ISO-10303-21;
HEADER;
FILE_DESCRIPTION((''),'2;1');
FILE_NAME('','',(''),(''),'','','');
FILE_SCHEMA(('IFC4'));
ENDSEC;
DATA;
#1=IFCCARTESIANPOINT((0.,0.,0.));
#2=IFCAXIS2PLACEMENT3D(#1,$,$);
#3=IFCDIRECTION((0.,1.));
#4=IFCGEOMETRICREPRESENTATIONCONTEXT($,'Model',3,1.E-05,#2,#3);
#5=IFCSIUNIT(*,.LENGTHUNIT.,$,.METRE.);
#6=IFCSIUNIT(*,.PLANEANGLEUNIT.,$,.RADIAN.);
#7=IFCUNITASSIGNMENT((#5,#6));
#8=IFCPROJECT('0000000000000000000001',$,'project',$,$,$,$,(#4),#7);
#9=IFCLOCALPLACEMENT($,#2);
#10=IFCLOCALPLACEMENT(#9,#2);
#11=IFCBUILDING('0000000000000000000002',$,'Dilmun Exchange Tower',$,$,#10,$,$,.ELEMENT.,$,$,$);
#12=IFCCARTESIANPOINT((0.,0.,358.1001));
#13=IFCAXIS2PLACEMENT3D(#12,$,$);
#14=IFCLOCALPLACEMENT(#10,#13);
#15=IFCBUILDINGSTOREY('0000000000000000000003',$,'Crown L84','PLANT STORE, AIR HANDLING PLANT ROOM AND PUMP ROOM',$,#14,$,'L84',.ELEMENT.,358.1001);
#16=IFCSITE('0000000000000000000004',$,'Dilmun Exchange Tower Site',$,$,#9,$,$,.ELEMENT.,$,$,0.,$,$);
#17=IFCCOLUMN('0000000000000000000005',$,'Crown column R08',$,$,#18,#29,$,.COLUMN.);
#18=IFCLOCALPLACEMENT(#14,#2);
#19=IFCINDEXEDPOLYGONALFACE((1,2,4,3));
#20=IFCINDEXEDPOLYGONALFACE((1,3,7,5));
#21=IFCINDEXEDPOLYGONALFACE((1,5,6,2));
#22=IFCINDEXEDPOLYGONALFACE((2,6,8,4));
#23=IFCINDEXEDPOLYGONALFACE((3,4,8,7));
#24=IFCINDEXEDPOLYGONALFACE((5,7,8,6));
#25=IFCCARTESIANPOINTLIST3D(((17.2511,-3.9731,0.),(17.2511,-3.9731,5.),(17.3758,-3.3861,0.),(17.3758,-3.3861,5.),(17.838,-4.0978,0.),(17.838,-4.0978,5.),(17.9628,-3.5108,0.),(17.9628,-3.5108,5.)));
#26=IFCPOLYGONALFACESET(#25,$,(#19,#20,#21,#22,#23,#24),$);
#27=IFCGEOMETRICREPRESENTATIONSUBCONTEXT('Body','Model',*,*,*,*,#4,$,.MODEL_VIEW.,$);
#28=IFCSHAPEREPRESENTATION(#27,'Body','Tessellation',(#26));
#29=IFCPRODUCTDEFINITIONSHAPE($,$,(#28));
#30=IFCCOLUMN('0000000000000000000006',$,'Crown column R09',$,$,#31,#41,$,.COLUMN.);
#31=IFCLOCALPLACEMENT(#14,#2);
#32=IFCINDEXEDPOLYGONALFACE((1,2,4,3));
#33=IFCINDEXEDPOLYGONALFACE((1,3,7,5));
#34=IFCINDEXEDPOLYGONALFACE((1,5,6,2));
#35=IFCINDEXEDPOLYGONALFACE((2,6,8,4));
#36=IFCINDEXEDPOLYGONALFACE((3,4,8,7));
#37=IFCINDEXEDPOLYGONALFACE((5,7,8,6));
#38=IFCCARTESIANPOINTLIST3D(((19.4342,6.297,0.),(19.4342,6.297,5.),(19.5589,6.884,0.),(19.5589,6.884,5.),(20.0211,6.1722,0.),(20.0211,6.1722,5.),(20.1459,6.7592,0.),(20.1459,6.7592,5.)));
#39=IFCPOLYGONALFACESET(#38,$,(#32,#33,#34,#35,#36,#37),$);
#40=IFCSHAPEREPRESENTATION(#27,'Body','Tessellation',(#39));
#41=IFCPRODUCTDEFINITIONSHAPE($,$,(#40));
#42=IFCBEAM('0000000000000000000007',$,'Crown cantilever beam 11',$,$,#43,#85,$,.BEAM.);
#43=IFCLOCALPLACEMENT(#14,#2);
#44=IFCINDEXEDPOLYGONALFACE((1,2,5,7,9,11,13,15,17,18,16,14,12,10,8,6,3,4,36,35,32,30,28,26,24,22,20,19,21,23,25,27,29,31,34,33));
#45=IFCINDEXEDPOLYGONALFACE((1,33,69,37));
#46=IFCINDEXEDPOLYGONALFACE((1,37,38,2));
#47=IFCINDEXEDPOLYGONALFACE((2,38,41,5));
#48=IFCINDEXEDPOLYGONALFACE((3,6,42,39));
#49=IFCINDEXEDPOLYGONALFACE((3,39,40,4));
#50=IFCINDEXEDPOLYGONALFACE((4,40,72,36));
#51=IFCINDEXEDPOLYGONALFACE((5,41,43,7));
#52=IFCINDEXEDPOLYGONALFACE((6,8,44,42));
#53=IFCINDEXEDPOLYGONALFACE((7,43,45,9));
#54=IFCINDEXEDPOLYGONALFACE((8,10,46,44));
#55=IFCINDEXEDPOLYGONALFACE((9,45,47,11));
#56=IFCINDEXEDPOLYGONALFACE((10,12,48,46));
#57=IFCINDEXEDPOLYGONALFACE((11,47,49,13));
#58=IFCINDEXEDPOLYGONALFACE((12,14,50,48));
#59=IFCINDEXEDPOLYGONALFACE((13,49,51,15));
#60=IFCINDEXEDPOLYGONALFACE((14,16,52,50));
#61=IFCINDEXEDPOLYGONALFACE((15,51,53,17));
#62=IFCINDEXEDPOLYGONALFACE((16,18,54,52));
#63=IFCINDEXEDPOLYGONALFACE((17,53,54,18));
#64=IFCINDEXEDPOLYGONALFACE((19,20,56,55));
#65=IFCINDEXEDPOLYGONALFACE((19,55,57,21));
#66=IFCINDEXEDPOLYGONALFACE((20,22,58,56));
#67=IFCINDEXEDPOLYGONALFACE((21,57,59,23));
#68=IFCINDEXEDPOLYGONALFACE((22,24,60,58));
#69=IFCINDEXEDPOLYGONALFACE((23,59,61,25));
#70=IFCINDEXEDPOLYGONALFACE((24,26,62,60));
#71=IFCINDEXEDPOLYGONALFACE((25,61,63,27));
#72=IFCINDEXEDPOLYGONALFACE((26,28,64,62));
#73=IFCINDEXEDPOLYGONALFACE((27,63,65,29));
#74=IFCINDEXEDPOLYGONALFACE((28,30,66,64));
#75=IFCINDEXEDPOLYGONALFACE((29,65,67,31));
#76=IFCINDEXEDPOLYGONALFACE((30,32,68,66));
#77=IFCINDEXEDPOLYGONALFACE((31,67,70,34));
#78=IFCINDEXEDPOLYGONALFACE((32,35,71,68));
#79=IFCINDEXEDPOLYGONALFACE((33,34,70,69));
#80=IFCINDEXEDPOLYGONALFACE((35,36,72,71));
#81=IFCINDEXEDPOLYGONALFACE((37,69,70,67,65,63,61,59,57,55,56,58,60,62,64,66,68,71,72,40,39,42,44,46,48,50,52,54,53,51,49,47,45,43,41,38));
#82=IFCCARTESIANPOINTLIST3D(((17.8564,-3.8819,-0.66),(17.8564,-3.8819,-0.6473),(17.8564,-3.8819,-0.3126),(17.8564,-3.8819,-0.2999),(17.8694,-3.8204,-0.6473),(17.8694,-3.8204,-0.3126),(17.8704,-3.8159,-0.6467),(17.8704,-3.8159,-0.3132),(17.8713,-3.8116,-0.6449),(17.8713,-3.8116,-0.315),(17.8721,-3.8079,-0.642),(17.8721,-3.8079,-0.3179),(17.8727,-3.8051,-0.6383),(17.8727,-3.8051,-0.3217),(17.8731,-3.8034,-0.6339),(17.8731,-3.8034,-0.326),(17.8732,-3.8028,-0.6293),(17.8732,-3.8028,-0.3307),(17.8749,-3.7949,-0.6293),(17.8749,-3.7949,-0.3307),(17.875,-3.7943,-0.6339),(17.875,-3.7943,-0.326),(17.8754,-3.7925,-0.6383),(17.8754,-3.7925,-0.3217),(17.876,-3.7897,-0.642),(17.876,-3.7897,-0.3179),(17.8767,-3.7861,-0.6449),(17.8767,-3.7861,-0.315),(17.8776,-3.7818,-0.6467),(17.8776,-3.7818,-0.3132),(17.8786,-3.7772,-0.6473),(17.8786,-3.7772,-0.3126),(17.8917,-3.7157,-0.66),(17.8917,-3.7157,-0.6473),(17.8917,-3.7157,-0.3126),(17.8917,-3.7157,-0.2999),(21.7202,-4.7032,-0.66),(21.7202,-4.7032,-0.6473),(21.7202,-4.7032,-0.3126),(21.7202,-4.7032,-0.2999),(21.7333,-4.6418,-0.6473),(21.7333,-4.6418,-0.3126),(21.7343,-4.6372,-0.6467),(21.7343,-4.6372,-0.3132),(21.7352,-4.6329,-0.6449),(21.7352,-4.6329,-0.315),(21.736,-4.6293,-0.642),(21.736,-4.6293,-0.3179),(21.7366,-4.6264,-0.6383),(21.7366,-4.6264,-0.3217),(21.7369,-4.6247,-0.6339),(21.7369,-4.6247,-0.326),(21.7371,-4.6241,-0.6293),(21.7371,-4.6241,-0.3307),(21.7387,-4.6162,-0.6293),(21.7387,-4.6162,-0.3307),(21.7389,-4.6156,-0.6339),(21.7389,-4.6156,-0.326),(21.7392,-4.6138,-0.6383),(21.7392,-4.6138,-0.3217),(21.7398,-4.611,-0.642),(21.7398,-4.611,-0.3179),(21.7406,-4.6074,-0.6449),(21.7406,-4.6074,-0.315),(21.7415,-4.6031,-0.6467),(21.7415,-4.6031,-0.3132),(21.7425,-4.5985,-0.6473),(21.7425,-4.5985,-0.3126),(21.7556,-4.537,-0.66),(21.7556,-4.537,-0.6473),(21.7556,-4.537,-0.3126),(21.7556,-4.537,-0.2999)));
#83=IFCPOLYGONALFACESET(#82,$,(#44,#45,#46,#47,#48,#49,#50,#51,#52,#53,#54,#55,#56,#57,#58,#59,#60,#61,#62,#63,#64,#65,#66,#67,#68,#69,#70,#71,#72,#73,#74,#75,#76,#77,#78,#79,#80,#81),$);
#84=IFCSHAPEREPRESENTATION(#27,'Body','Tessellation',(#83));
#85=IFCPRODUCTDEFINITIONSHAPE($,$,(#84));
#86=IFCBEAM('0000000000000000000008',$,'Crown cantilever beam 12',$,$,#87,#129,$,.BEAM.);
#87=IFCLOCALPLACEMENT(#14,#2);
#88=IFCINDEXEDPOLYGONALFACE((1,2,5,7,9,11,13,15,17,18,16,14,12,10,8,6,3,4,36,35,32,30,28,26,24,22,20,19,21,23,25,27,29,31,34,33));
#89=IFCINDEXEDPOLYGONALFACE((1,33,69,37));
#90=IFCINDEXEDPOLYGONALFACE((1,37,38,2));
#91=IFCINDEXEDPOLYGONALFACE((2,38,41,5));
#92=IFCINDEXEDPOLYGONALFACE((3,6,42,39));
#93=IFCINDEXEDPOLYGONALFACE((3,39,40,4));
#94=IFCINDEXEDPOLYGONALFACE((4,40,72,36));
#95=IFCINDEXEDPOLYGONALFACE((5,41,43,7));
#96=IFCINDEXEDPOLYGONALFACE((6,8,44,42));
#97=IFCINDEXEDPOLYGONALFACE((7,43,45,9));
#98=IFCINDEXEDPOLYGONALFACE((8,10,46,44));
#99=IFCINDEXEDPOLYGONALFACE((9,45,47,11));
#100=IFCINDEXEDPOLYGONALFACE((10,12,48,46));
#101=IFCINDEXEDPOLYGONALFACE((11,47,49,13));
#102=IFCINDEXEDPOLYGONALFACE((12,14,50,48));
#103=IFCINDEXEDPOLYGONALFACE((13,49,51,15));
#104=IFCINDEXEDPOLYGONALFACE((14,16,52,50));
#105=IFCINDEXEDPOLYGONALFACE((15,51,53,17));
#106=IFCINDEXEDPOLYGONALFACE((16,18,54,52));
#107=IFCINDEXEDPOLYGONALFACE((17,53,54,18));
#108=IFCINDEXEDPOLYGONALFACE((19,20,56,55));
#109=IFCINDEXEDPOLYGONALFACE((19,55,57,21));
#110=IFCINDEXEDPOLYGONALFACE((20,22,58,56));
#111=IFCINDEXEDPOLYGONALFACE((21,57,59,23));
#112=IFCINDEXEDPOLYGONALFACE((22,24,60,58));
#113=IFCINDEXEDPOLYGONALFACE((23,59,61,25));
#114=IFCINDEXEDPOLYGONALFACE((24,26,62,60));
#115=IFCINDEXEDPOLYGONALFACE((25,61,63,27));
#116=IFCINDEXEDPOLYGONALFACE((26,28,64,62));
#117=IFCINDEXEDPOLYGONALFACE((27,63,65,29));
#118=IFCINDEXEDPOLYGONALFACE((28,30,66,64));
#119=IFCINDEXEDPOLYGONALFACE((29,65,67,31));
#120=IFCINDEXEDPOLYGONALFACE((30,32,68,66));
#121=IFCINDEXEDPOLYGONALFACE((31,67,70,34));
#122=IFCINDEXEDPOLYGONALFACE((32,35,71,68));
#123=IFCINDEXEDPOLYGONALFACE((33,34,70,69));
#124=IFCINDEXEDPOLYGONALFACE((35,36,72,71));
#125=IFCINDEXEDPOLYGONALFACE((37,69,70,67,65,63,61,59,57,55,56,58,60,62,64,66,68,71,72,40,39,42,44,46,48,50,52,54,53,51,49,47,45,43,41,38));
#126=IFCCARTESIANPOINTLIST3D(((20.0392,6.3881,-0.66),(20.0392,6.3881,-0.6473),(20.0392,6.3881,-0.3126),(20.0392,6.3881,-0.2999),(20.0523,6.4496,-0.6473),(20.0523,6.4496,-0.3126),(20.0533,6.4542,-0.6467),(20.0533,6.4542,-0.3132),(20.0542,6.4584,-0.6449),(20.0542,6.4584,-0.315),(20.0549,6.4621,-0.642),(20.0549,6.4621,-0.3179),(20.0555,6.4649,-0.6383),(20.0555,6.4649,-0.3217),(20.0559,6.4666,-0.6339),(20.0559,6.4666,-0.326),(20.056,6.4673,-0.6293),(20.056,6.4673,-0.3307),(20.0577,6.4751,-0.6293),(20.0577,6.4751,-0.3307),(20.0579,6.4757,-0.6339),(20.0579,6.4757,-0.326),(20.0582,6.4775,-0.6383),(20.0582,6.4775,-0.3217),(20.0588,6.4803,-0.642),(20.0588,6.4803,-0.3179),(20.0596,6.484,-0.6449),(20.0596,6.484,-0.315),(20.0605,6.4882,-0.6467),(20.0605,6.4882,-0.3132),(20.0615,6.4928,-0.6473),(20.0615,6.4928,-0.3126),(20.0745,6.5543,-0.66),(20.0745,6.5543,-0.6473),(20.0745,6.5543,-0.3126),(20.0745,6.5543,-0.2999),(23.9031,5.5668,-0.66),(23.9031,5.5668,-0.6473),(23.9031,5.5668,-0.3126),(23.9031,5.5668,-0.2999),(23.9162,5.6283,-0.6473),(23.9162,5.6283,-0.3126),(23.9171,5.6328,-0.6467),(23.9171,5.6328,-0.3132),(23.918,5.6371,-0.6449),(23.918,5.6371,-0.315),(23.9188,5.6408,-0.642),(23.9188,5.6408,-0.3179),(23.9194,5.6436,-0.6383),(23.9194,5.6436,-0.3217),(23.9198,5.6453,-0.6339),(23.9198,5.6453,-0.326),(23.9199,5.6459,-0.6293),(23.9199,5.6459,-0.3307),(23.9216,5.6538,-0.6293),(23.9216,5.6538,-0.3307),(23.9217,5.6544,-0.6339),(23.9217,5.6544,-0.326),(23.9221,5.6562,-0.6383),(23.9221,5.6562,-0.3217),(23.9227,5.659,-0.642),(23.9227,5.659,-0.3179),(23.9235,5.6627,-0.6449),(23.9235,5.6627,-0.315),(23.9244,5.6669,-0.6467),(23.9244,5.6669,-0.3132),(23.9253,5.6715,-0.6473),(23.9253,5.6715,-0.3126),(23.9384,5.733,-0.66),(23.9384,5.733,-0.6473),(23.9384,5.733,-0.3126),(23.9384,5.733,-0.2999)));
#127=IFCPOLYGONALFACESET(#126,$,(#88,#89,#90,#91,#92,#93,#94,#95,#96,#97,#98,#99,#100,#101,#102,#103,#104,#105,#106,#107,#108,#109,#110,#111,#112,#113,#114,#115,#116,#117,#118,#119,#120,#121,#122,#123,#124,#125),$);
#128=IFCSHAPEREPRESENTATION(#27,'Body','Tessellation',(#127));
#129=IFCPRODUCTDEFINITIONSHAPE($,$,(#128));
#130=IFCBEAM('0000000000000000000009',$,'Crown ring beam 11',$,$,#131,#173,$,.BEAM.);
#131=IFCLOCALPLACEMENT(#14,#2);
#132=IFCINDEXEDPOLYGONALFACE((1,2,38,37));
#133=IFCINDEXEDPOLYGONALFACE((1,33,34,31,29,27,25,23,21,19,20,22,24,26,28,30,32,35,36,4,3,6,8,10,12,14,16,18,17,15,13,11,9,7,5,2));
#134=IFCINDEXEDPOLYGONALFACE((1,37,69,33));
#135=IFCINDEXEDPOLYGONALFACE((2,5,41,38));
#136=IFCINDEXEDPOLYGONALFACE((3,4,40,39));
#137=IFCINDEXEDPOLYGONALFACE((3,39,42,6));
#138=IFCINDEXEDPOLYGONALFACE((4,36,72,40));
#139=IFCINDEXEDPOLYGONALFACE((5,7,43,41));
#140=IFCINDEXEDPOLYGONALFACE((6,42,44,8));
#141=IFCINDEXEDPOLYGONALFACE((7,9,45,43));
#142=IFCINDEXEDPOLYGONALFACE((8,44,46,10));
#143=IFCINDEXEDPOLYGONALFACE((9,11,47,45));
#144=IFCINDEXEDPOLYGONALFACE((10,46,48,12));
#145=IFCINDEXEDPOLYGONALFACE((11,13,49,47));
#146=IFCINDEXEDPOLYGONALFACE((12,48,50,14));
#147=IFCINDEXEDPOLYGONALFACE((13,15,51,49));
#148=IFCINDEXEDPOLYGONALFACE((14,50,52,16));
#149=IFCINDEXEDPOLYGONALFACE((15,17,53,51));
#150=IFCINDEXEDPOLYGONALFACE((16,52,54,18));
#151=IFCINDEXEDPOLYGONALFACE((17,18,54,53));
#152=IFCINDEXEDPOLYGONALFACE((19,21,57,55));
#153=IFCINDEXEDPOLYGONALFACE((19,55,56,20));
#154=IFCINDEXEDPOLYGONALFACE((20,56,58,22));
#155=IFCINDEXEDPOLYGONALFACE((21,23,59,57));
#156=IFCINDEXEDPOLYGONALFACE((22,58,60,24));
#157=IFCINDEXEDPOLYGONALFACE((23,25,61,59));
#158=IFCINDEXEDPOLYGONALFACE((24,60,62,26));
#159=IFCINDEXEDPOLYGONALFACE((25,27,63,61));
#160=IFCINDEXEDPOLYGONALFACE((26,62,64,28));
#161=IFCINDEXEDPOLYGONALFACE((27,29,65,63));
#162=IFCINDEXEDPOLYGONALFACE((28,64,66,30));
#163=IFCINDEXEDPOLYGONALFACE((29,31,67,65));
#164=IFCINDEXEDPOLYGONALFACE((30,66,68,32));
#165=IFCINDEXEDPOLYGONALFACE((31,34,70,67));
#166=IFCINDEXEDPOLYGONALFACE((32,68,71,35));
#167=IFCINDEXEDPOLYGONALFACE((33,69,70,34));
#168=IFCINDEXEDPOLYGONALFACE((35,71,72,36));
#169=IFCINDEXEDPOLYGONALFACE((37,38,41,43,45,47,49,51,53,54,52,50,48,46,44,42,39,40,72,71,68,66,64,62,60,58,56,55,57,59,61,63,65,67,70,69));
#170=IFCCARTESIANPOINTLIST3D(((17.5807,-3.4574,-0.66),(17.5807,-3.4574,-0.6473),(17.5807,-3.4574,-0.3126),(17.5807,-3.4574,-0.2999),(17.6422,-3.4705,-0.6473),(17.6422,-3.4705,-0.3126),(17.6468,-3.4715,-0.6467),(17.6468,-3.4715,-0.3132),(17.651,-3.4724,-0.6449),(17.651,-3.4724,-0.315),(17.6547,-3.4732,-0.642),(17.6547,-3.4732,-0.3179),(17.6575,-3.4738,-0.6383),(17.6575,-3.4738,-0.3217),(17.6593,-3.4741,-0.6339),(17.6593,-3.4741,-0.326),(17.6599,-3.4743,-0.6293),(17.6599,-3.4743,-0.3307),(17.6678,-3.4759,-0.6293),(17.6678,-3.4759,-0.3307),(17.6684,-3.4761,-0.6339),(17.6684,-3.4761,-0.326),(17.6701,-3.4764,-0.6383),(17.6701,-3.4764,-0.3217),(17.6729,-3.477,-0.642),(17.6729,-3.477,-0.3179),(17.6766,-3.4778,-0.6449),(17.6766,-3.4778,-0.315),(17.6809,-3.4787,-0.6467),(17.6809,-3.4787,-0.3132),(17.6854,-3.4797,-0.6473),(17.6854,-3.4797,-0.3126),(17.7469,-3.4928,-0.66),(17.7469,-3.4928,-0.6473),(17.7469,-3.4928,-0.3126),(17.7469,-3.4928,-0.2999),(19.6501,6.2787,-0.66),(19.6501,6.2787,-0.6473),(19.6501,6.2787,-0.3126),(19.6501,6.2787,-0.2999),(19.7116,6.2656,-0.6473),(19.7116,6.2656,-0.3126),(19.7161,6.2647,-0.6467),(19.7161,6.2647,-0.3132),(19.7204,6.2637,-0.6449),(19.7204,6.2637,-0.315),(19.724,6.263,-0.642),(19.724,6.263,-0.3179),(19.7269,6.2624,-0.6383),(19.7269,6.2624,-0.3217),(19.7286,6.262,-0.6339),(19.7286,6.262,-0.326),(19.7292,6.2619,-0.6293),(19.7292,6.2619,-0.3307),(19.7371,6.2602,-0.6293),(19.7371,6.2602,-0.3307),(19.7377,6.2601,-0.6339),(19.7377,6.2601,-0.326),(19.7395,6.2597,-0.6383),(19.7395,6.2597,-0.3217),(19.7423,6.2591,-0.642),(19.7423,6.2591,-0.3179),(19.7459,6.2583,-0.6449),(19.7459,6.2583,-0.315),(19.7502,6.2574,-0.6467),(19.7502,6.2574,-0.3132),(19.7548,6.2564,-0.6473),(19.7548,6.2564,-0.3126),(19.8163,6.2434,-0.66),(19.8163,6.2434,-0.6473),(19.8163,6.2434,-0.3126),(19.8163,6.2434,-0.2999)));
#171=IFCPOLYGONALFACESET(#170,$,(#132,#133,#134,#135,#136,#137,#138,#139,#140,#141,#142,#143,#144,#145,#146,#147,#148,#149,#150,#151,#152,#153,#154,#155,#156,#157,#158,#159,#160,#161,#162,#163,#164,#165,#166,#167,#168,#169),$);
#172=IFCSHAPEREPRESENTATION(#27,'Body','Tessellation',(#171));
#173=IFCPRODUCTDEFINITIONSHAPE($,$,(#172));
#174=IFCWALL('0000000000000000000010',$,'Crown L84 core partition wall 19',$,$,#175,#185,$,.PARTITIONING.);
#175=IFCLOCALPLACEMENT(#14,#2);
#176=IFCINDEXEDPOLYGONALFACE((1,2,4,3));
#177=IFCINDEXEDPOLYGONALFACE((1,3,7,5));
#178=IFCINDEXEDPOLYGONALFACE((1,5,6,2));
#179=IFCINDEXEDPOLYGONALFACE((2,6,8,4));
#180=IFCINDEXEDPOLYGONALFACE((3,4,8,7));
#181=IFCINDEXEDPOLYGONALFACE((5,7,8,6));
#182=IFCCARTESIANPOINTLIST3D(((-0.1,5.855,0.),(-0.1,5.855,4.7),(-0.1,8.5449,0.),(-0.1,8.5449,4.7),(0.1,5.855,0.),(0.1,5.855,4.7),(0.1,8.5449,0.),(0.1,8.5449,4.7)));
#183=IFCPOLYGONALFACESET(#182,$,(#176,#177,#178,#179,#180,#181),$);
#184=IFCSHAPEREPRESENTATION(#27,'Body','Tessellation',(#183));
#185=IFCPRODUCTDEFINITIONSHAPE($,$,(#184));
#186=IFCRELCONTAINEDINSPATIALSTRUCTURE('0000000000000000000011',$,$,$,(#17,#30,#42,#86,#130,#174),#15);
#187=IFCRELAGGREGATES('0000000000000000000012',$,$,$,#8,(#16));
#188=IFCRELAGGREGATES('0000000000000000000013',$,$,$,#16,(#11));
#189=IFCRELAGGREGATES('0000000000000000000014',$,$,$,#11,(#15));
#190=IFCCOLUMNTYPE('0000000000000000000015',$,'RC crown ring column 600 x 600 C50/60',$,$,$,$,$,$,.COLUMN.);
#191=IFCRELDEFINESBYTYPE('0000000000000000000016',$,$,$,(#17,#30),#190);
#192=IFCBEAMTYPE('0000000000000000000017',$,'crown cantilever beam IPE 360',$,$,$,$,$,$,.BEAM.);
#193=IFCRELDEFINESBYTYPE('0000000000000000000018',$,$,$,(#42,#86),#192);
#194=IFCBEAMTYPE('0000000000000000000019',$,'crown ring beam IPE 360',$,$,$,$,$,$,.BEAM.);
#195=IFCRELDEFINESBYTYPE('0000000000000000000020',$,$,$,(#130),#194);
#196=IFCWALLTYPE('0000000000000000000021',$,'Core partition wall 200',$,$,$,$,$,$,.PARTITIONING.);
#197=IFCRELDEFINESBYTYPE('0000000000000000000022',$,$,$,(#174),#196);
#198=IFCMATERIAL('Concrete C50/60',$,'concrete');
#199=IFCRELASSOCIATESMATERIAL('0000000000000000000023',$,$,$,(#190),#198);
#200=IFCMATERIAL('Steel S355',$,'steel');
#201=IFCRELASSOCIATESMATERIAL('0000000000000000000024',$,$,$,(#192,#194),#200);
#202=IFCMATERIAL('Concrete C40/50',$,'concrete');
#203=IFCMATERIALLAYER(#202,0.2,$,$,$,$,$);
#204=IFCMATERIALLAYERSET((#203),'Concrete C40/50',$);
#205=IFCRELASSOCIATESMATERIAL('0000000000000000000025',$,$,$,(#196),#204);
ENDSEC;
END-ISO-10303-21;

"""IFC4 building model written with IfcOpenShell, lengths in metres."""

from ifc_helpers import new_model, si_unit, direction, frame, frame_2d, origin, origin_2d, place, context, subcontext, project, spatial, rectangle, i_section, extrude, material, layer, layer_set, material_profile, profile_set, type_object, element, save


model = new_model("IFC4")

# Units and contexts
model_context = context("Model", 3, precision=1e-05, world=origin(), true_north=direction((0.0, 1.0)))
body_context = subcontext(model_context, "Body", "Model", "MODEL_VIEW")
ifc_project = project(units=[si_unit("LENGTHUNIT", "METRE"), si_unit("PLANEANGLEUNIT", "RADIAN")], contexts=[model_context])

# Site, building, storey
site_placement = place(None, origin())
site = spatial("IfcSite", under=ifc_project, at=site_placement, Name="Dilmun Exchange Tower Site", CompositionType="ELEMENT", RefElevation=0.0)
building_placement = place(site_placement, origin())
building = spatial("IfcBuilding", under=site, at=building_placement, Name="Dilmun Exchange Tower", CompositionType="ELEMENT")
storey_placement = place(building_placement, frame((0.0, 0.0, 358.1001)))
storey = spatial("IfcBuildingStorey", under=building, at=storey_placement, Name="Crown L84", Description="PLANT STORE, AIR HANDLING PLANT ROOM AND PUMP ROOM", LongName="L84", CompositionType="ELEMENT", Elevation=358.1001)

# Columns
ifc_material_1 = material(Name="Concrete C50/60", Category="concrete")
ifc_material_profile_1 = material_profile(ifc_material_1, rectangle(XDim=0.6001, YDim=0.6001, at=origin_2d()), Name="600 x 600")
ifc_profile_set_1 = profile_set([ifc_material_profile_1], Name="Concrete C50/60")
column_type = type_object("IfcColumnType", Name="RC crown ring column 600 x 600 C50/60", PredefinedType="COLUMN", material=ifc_profile_set_1)
for number, where, z_axis, x_axis, name in (
    (1, (17.6069, -3.7419, 0.0), (0.0, 0.0, 1.0), (0.207912, 0.978148, 0.0), "Crown column R08"),
    (2, (19.79, 6.5281, 0.0), (0.0, 0.0, 1.0), (0.207912, 0.978148, 0.0), "Crown column R09"),
):
    element("IfcColumn", number, at=place(storey_placement, frame(where, z_axis=z_axis, x_axis=x_axis)), inside=storey, type_object=column_type, Name=name, PredefinedType="COLUMN", context=body_context, shape_type="SweptSolid", body=[
        extrude(rectangle(XDim=0.6001, YDim=0.6001, at=origin_2d()), origin(), (0.0, 0.0, 1.0), 5.0),
    ])

# Beams
ifc_material_2 = material(Name="Steel S355", Category="steel")
ifc_material_profile_2 = material_profile(ifc_material_2, i_section(OverallWidth=0.1699, OverallDepth=0.3601, WebThickness=0.0081, FlangeThickness=0.0127, FilletRadius=0.0181, at=origin_2d()), Name="IPE 360")
ifc_profile_set_2 = profile_set([ifc_material_profile_2], Name="Steel S355")
beam_type_1 = type_object("IfcBeamType", Name="crown cantilever beam IPE 360", PredefinedType="BEAM", material=ifc_profile_set_2)
for number, where, z_axis, x_axis, name in (
    (3, (17.874, -3.7988, -0.48), (0.978147, -0.207916, 0.0), (0.207916, 0.978147, 0.0), "Crown cantilever beam 11"),
    (4, (20.0569, 6.4712, -0.48), (0.978147, -0.207916, 0.0), (0.207916, 0.978147, 0.0), "Crown cantilever beam 12"),
):
    element("IfcBeam", number, at=place(storey_placement, frame(where, z_axis=z_axis, x_axis=x_axis)), inside=storey, type_object=beam_type_1, Name=name, PredefinedType="BEAM", context=body_context, shape_type="SweptSolid", body=[
        extrude(i_section(OverallWidth=0.1699, OverallDepth=0.3601, WebThickness=0.0081, FlangeThickness=0.0127, FilletRadius=0.0181, at=origin_2d()), origin(), (0.0, 0.0, 1.0), 3.9502),
    ])
ifc_material_profile_3 = material_profile(ifc_material_2, i_section(OverallWidth=0.1699, OverallDepth=0.3601, WebThickness=0.0081, FlangeThickness=0.0127, FilletRadius=0.0181, at=origin_2d()), Name="IPE 360")
ifc_profile_set_3 = profile_set([ifc_material_profile_3], Name="Steel S355")
beam_type_2 = type_object("IfcBeamType", Name="crown ring beam IPE 360", PredefinedType="BEAM", material=ifc_profile_set_3)
beam_placement = place(storey_placement, frame((17.6638, -3.4751, -0.48), z_axis=(0.207899, 0.97815, 0.0), x_axis=(-0.97815, 0.207899, 0.0)))
element("IfcBeam", 5, at=beam_placement, inside=storey, type_object=beam_type_2, Name="Crown ring beam 11", PredefinedType="BEAM", context=body_context, shape_type="SweptSolid", body=[
    extrude(i_section(OverallWidth=0.1699, OverallDepth=0.3601, WebThickness=0.0081, FlangeThickness=0.0127, FilletRadius=0.0181, at=origin_2d()), origin(), (0.0, 0.0, 1.0), 9.9536),
])

# Wall
ifc_material_3 = material(Name="Concrete C40/50", Category="concrete")
ifc_layer_1 = layer(ifc_material_3, 0.2)
ifc_layer_set_1 = layer_set([ifc_layer_1], Name="Concrete C40/50")
wall_type_1 = type_object("IfcWallType", Name="Core partition wall 200", PredefinedType="PARTITIONING", material=ifc_layer_set_1)
wall_1_placement = place(storey_placement, frame((0.0, 5.855, 0.0), z_axis=(0.0, 0.0, 1.0), x_axis=(0.0, 1.0, 0.0)))
element("IfcWall", 6, at=wall_1_placement, inside=storey, type_object=wall_type_1, Name="Crown L84 core partition wall 19", PredefinedType="PARTITIONING", context=body_context, shape_type="SweptSolid", body=[
    extrude(rectangle(XDim=2.6899, YDim=0.2, at=frame_2d((1.345, 0.0))), origin(), (0.0, 0.0, 1.0), 4.7),
])

save(model, "model.ifc")
